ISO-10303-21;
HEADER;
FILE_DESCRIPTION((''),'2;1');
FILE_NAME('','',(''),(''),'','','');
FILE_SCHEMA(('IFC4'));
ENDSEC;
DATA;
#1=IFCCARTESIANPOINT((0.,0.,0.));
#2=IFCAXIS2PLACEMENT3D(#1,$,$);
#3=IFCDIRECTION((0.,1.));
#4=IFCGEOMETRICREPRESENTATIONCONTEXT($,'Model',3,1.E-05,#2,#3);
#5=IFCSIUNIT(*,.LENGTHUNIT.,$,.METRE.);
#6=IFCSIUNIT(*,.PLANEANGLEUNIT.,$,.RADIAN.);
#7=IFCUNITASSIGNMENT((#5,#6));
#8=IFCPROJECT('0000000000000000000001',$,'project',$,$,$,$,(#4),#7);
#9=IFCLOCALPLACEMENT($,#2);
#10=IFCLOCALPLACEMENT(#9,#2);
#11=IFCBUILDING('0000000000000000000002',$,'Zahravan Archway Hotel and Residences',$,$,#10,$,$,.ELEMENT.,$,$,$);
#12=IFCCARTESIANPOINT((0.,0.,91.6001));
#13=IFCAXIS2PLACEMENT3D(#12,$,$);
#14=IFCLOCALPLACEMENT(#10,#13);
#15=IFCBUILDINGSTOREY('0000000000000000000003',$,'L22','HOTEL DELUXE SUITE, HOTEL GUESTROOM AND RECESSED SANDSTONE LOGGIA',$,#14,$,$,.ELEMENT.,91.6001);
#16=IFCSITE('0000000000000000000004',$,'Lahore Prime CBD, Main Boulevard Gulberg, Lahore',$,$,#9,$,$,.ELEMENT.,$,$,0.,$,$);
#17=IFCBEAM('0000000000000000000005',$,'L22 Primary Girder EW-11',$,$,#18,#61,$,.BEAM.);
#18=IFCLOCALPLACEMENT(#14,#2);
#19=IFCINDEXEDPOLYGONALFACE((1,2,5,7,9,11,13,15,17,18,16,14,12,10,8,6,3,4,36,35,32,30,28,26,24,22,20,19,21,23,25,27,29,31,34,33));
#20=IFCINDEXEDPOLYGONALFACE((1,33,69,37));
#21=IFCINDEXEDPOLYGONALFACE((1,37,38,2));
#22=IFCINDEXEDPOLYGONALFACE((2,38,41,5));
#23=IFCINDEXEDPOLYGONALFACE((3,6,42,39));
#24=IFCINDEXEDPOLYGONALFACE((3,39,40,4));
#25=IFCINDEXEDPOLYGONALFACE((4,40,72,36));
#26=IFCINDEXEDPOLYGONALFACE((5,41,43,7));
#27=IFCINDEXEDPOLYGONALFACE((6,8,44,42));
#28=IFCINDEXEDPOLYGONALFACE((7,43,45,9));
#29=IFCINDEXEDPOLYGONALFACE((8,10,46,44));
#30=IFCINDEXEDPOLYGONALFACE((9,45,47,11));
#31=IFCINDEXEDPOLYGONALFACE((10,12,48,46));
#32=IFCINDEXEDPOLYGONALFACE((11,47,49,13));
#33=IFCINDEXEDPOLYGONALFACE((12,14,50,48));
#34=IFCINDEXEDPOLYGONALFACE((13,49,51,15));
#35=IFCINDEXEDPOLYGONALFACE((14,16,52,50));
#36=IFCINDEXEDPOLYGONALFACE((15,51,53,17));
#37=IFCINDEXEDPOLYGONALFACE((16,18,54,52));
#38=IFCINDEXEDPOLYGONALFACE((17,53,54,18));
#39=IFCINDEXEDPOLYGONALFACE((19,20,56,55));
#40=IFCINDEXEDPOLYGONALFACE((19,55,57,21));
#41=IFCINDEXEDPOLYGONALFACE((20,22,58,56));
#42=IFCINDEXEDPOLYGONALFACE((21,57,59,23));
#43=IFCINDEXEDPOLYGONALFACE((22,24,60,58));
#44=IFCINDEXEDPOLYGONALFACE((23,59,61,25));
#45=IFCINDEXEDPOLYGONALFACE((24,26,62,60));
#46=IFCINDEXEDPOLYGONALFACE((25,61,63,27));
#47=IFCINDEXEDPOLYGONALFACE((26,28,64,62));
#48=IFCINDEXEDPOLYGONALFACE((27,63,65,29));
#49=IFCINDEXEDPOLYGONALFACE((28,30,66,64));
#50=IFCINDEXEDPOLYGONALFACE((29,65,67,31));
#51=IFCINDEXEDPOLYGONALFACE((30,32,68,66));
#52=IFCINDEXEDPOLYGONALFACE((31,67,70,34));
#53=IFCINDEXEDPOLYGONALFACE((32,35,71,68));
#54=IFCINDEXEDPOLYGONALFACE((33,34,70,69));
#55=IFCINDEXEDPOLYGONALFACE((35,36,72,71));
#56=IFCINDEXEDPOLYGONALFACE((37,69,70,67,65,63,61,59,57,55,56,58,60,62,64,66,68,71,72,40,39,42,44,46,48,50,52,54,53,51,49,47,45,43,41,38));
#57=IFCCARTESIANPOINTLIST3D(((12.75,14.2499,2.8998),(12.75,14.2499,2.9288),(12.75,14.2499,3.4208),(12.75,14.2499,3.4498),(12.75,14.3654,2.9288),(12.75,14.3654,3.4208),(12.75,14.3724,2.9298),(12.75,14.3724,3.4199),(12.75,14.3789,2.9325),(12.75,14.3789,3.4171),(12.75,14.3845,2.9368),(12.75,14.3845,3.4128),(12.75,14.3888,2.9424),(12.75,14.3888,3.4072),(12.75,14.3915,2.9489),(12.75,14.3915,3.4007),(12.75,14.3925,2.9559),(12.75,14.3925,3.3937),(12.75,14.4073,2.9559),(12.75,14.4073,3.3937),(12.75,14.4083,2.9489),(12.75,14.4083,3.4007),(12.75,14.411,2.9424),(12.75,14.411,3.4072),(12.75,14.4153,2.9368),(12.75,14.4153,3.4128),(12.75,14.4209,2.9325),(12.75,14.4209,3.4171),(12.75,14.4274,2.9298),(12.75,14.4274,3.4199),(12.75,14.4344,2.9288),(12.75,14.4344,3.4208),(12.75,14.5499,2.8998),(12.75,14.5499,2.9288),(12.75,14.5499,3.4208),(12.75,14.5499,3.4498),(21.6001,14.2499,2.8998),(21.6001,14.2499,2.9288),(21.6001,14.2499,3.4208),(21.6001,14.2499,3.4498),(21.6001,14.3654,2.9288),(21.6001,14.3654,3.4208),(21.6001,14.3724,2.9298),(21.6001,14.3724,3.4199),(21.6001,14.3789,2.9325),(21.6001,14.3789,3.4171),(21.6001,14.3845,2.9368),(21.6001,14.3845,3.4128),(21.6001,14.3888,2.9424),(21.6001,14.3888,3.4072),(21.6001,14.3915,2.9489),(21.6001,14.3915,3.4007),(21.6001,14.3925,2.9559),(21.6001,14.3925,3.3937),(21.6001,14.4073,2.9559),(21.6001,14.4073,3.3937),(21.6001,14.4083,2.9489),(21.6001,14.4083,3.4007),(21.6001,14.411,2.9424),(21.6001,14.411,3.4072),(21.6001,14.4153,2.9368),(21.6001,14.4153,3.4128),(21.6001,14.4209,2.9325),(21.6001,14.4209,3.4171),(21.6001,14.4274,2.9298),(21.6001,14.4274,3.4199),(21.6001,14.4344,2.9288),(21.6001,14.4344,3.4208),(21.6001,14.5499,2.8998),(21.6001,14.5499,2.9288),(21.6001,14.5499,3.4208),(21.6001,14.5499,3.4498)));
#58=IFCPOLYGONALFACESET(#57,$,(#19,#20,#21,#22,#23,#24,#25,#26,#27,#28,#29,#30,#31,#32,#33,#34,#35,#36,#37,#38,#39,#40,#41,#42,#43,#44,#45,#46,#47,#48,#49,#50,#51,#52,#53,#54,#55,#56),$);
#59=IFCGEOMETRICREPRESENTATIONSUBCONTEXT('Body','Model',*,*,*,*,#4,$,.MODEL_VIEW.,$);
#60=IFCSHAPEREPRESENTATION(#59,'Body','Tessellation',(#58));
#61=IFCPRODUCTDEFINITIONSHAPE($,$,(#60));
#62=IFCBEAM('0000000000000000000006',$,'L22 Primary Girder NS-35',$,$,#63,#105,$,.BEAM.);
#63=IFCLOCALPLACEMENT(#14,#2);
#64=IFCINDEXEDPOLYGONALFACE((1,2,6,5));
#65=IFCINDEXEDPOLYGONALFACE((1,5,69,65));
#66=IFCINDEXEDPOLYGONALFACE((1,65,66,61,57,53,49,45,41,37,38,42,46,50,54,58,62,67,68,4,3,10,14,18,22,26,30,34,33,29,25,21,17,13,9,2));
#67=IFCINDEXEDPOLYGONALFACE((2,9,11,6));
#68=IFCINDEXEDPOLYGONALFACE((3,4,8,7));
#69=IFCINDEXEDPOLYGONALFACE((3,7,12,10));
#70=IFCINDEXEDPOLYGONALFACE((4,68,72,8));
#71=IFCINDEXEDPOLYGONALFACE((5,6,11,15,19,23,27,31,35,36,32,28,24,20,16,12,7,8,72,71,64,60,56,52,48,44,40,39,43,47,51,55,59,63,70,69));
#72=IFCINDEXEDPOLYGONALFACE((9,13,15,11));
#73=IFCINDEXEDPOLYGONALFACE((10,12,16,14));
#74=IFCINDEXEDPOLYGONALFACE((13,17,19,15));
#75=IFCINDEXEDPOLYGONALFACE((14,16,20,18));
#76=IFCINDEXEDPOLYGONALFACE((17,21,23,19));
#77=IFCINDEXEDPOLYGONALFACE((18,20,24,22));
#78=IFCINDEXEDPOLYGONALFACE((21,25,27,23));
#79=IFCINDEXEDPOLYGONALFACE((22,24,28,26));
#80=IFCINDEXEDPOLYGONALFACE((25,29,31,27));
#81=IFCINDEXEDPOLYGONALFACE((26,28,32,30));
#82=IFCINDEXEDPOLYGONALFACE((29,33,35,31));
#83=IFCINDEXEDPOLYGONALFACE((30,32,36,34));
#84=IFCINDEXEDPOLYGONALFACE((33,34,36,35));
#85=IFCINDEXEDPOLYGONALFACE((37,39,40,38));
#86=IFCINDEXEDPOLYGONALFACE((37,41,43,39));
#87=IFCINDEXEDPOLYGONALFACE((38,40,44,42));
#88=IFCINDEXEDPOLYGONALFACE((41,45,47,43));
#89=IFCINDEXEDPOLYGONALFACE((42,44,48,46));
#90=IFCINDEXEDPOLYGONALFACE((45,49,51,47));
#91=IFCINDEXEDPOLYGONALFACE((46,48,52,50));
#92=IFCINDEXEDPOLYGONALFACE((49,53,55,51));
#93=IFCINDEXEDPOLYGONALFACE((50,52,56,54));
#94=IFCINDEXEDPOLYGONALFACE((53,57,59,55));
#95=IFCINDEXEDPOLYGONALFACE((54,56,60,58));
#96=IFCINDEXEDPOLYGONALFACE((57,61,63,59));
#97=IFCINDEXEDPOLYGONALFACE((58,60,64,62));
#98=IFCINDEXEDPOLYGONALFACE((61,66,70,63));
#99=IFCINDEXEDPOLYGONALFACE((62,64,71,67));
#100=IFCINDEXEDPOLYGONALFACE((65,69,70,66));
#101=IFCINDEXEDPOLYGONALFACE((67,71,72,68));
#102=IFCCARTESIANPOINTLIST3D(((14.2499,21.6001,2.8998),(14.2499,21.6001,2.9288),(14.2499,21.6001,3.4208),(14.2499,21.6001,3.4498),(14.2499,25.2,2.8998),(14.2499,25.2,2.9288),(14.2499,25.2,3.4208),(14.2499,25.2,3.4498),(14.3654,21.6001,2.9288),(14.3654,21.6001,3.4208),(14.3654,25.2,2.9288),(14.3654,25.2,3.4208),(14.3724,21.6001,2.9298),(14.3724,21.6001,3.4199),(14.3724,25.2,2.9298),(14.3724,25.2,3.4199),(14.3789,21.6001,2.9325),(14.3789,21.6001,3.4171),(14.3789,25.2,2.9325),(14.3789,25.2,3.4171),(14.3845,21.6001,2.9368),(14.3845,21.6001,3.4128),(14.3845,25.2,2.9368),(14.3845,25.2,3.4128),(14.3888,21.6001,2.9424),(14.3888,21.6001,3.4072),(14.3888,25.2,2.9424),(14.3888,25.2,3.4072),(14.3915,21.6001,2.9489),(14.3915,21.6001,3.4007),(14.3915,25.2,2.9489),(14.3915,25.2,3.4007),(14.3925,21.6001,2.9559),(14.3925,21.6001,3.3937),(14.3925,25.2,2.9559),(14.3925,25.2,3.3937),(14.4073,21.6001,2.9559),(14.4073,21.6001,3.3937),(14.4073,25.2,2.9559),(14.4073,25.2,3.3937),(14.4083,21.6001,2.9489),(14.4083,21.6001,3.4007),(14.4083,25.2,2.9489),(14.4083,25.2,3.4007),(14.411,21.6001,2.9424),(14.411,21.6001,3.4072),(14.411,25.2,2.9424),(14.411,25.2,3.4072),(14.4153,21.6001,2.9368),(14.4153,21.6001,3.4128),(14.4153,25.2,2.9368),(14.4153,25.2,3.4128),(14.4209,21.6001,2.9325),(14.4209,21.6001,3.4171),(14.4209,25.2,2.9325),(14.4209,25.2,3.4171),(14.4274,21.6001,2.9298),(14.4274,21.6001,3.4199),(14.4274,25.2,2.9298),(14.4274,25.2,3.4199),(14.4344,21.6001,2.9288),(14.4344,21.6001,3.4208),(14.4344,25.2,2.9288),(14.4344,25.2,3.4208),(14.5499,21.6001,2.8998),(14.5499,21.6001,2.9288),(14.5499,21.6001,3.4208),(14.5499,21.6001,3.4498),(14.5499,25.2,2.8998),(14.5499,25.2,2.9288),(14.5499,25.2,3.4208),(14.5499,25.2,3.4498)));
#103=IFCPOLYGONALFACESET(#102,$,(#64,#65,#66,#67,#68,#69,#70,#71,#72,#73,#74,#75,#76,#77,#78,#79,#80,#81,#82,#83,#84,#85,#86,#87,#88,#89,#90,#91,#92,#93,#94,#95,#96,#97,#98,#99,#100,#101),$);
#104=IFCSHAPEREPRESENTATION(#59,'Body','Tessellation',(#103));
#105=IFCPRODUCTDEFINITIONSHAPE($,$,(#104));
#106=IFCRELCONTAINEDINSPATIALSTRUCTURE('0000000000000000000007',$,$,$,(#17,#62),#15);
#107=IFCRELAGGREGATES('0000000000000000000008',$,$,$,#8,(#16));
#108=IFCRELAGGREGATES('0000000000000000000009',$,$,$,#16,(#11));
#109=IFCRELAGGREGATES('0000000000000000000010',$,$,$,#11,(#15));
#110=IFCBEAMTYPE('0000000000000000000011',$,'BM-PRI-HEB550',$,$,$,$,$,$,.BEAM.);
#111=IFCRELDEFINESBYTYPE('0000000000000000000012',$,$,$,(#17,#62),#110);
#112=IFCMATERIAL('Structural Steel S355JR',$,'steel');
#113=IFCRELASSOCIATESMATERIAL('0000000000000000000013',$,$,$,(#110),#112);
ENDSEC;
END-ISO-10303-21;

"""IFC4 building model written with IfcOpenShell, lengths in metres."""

from ifc_helpers import new_model, si_unit, direction, frame, origin, origin_2d, place, context, subcontext, project, spatial, i_section, extrude, source, transform, mapped, material, material_profile, profile_set, type_object, element, save


model = new_model("IFC4")

# Units and contexts
model_context = context("Model", 3, precision=1e-05, world=origin(), true_north=direction((0.0, 1.0)))
body_context = subcontext(model_context, "Body", "Model", "MODEL_VIEW")
ifc_project = project(units=[si_unit("LENGTHUNIT", "METRE"), si_unit("PLANEANGLEUNIT", "RADIAN")], contexts=[model_context])

# Site, building, storey
site_placement = place(None, origin())
site = spatial("IfcSite", under=ifc_project, at=site_placement, Name="Lahore Prime CBD, Main Boulevard Gulberg, Lahore", CompositionType="ELEMENT", RefElevation=0.0)
building_placement = place(site_placement, origin())
building = spatial("IfcBuilding", under=site, at=building_placement, Name="Zahravan Archway Hotel and Residences", CompositionType="ELEMENT")
storey_placement = place(building_placement, frame((0.0, 0.0, 91.6001)))
storey = spatial("IfcBuildingStorey", under=building, at=storey_placement, Name="L22", Description="HOTEL DELUXE SUITE, HOTEL GUESTROOM AND RECESSED SANDSTONE LOGGIA", CompositionType="ELEMENT", Elevation=91.6001)

# Beams
ifc_material_1 = material(Name="Structural Steel S355JR", Category="steel")
ifc_material_profile_1 = material_profile(ifc_material_1, i_section(OverallWidth=0.3, OverallDepth=0.55, WebThickness=0.0149, FlangeThickness=0.0291, FilletRadius=0.0271, at=origin_2d()), Name="HEB 550", Category="steel")
ifc_profile_set_1 = profile_set([ifc_material_profile_1], Name="Structural Steel S355JR")
beam_type = type_object("IfcBeamType", Name="BM-PRI-HEB550", PredefinedType="BEAM", material=ifc_profile_set_1)
shared_shape_1 = source(origin(), body_context, "Body", "SweptSolid", [
    extrude(i_section(OverallWidth=0.3, OverallDepth=0.55, WebThickness=0.0149, FlangeThickness=0.0291, FilletRadius=0.0271, at=origin_2d()), origin(), (0.0, 0.0, 1.0), 8.8501),
])
beam_1_placement = place(storey_placement, frame((12.75, 14.3999, 3.1748), z_axis=(1.0, 0.0, 0.0), x_axis=(0.0, 1.0, 0.0)))
element("IfcBeam", 1, at=beam_1_placement, inside=storey, type_object=beam_type, Name="L22 Primary Girder EW-11", PredefinedType="BEAM", context=body_context, shape_type="MappedRepresentation", body=[
    mapped(shared_shape_1, transform((0.0, 0.0, 0.0), scale=1.0)),
])
shared_shape_2 = source(origin(), body_context, "Body", "SweptSolid", [
    extrude(i_section(OverallWidth=0.3, OverallDepth=0.55, WebThickness=0.0149, FlangeThickness=0.0291, FilletRadius=0.0271, at=origin_2d()), origin(), (0.0, 0.0, 1.0), 3.5999),
])
beam_2_placement = place(storey_placement, frame((14.3999, 21.6001, 3.1748), z_axis=(0.0, 1.0, 0.0), x_axis=(-1.0, 0.0, 0.0)))
element("IfcBeam", 2, at=beam_2_placement, inside=storey, type_object=beam_type, Name="L22 Primary Girder NS-35", PredefinedType="BEAM", context=body_context, shape_type="MappedRepresentation", body=[
    mapped(shared_shape_2, transform((0.0, 0.0, 0.0), scale=1.0)),
])

save(model, "model.ifc")
